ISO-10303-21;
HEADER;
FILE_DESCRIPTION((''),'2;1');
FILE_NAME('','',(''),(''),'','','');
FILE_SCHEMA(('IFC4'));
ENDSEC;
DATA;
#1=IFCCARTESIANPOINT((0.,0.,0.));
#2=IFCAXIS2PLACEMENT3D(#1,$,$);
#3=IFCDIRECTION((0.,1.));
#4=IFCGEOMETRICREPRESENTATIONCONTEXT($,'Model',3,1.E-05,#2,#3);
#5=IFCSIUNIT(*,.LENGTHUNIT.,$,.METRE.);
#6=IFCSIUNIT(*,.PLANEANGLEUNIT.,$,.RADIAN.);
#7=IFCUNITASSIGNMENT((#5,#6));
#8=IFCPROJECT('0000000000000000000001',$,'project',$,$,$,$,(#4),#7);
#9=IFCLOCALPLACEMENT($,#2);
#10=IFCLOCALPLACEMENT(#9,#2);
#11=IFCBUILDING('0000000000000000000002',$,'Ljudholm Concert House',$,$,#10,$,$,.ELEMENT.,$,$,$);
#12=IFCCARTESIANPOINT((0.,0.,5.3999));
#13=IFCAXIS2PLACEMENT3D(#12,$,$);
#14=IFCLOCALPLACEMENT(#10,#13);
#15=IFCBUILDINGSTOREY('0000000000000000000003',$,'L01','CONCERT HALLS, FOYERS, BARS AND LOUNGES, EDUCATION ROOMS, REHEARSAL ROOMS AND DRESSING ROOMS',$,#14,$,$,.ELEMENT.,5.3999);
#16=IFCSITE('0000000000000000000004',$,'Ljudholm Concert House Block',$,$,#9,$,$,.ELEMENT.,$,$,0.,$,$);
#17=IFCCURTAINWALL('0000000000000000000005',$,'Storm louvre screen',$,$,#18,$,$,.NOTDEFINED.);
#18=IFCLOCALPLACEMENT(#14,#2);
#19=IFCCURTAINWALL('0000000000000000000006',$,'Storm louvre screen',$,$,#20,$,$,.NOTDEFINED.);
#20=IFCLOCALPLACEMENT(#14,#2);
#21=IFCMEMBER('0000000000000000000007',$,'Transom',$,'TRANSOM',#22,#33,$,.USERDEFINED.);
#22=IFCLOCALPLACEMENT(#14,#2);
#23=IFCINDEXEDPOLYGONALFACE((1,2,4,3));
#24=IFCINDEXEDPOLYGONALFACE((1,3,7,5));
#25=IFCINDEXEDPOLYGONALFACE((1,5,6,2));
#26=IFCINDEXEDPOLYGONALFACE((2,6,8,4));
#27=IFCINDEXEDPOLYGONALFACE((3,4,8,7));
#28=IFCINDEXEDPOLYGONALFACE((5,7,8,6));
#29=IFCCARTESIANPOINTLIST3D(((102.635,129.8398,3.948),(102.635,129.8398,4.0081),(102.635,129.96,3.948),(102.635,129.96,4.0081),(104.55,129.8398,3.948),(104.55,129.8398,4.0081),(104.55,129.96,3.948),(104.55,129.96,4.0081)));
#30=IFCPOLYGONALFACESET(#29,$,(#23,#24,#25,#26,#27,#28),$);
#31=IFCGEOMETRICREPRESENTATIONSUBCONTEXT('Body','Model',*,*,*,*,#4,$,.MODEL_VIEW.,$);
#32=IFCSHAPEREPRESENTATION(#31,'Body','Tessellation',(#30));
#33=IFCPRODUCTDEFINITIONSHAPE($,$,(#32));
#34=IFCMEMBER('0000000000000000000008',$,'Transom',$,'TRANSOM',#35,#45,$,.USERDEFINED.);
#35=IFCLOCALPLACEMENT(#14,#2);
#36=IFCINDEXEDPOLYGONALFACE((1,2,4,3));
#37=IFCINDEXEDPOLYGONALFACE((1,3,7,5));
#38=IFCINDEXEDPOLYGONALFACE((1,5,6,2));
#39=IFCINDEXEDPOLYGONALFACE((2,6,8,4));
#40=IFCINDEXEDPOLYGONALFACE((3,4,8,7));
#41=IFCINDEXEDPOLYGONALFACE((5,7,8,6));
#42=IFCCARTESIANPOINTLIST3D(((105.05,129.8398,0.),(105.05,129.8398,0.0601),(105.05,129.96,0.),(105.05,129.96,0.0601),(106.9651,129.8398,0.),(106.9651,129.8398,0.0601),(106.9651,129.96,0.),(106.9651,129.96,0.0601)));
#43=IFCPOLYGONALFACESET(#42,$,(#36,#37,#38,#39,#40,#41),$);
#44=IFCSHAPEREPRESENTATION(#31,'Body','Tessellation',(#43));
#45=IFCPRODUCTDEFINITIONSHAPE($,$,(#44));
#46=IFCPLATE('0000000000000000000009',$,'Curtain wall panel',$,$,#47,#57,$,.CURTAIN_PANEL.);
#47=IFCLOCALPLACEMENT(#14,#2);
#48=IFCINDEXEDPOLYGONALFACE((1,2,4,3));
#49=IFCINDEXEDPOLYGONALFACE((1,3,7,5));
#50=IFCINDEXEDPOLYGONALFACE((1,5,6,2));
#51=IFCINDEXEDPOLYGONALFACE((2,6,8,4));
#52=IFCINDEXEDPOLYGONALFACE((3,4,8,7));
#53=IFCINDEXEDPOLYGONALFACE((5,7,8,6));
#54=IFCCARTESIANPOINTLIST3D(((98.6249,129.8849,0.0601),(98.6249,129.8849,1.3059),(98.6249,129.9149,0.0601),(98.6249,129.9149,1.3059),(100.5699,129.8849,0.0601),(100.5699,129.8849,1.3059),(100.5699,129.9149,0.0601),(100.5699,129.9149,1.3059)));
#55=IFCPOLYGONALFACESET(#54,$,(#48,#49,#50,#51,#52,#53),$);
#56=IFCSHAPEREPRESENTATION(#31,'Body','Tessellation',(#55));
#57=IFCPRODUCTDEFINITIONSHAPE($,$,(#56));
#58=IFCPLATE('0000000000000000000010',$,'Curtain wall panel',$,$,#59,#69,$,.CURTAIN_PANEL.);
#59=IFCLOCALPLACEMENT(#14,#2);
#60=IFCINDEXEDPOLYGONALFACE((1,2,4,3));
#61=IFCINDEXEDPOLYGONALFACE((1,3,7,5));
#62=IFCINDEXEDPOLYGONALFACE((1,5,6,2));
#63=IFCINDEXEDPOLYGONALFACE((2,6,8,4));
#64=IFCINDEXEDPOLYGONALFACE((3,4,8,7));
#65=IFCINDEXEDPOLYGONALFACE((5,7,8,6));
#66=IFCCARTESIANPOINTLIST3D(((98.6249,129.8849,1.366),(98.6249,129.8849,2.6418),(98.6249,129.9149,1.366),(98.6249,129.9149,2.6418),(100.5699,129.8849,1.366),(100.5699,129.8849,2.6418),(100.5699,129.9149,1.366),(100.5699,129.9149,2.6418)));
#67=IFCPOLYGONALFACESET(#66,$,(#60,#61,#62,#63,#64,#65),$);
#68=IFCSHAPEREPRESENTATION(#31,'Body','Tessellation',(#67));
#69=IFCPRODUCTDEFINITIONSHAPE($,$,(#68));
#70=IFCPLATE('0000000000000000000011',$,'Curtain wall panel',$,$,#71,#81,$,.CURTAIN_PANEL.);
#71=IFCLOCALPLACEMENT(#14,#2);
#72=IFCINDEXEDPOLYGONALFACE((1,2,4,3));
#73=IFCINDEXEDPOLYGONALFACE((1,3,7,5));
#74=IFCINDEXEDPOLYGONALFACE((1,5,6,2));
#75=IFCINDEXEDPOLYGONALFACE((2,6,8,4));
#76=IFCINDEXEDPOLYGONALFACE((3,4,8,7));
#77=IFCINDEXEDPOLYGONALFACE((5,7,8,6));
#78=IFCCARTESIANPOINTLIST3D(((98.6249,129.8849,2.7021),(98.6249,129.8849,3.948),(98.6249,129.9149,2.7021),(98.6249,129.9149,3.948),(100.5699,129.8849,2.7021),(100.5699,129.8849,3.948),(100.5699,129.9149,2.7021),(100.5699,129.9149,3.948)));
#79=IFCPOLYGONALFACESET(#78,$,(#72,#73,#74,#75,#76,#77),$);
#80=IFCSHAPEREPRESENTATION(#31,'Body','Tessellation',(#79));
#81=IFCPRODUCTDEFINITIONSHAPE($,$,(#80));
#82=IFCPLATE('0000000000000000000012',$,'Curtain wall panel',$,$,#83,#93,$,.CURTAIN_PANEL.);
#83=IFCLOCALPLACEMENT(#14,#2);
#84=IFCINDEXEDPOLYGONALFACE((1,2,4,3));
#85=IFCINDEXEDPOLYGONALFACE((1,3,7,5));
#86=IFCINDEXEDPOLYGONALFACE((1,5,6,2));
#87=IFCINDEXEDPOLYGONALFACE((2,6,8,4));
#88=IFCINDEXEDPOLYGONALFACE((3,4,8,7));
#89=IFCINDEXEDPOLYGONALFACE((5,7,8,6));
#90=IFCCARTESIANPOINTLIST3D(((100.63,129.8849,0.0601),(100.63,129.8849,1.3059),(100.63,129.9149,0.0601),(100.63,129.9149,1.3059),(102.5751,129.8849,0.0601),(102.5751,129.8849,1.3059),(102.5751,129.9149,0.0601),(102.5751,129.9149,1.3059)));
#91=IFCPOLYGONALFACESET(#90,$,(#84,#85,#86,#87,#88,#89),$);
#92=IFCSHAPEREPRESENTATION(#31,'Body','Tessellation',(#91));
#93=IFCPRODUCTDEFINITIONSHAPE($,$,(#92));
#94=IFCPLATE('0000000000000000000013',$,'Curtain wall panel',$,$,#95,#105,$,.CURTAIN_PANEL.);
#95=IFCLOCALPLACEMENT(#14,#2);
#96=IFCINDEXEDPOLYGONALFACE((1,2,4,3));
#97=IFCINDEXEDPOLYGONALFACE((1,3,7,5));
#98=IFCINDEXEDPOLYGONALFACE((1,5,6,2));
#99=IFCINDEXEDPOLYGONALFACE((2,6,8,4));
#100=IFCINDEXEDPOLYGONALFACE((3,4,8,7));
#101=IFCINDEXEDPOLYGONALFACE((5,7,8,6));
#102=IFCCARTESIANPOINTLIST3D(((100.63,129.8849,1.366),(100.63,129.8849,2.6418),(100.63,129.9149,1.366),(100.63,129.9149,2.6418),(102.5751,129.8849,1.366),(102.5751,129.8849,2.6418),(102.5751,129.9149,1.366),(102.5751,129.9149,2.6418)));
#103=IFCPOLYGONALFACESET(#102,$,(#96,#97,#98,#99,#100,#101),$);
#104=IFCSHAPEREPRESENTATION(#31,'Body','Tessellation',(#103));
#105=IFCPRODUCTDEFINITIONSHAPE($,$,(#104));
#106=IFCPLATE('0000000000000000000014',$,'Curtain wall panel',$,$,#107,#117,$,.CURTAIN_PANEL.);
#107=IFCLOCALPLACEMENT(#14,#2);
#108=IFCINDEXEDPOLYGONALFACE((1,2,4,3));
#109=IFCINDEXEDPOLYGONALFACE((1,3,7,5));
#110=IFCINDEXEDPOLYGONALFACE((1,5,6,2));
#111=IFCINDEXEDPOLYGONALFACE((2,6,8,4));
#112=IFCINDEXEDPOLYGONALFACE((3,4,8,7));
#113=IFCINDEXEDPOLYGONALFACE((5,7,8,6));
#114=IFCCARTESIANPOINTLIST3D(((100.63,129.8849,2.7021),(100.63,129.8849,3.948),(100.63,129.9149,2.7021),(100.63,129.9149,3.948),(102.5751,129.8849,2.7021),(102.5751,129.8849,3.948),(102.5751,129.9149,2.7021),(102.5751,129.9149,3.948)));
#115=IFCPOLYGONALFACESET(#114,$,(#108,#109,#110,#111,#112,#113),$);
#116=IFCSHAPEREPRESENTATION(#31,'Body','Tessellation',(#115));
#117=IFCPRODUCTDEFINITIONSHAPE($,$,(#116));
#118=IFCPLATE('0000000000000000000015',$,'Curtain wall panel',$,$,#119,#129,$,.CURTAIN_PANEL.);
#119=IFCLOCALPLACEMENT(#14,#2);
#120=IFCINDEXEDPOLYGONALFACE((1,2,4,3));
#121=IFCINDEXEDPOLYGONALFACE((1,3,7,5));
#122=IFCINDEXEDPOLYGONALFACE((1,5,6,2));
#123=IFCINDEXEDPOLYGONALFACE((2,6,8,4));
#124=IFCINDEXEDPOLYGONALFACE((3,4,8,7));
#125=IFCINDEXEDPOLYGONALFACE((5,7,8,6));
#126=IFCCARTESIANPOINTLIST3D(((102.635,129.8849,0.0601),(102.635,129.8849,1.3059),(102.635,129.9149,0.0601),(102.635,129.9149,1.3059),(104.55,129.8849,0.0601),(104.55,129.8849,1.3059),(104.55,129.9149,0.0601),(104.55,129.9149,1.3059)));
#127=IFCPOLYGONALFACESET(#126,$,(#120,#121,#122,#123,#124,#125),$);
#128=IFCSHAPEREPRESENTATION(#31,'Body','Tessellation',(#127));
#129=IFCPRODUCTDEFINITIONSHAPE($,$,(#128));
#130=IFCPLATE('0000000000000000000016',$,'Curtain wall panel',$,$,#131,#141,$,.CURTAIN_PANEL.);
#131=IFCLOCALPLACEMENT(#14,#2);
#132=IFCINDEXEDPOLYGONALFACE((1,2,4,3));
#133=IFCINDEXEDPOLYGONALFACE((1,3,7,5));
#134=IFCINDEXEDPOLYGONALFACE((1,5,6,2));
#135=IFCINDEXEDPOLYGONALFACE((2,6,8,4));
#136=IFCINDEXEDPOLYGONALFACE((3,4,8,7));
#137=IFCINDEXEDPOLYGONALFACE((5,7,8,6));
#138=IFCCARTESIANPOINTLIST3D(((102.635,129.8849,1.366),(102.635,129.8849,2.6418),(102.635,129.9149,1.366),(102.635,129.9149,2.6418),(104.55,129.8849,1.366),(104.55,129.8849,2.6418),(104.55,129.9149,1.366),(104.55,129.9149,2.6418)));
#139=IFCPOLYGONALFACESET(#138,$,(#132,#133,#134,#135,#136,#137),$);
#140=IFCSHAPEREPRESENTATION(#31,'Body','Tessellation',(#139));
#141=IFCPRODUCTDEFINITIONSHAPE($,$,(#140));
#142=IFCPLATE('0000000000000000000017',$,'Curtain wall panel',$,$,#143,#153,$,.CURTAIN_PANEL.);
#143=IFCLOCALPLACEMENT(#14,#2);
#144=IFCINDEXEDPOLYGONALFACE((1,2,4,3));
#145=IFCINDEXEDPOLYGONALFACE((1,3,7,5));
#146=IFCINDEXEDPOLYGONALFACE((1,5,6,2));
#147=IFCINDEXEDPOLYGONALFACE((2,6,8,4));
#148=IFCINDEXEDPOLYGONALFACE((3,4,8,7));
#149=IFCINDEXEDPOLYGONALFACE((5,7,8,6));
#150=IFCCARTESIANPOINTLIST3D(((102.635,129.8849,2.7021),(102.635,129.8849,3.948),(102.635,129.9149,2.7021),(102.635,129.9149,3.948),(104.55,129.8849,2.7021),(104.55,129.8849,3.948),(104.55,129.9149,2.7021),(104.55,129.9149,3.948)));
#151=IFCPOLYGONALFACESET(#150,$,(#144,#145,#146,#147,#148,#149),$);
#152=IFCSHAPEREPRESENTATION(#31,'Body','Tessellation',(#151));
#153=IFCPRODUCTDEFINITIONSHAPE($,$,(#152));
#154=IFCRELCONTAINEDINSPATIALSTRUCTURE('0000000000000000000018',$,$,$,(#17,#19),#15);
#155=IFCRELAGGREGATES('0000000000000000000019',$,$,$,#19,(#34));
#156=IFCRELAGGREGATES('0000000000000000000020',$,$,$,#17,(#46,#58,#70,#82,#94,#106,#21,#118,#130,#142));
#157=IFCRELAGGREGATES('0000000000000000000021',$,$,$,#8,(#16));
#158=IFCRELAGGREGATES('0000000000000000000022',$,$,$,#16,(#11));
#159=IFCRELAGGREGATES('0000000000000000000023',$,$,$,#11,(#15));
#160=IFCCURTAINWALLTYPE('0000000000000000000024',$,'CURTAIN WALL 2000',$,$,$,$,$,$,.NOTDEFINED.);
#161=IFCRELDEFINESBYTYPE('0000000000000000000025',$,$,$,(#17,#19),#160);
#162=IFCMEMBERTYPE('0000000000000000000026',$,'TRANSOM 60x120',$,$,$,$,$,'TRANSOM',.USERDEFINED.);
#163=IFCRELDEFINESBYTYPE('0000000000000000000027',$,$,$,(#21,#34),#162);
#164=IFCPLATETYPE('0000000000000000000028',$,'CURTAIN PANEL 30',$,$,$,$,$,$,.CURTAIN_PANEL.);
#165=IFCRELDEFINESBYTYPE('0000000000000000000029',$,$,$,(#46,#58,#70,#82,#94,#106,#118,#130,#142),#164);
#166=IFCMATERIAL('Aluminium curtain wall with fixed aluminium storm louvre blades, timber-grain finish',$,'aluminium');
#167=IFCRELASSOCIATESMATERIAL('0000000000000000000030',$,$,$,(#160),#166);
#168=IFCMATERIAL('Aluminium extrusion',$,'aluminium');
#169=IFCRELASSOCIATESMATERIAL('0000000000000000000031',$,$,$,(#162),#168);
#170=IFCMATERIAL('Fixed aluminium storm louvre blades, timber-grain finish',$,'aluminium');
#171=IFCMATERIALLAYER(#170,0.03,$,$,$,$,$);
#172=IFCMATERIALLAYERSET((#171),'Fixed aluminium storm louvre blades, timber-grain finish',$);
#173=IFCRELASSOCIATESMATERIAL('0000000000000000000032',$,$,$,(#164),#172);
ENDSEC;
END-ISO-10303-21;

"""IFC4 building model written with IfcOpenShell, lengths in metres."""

from ifc_helpers import new_model, si_unit, direction, frame, origin, origin_2d, place, context, subcontext, project, spatial, rectangle, extrude, material, layer, layer_set, material_profile, profile_set, type_object, element, aggregate, save


model = new_model("IFC4")

# Units and contexts
model_context = context("Model", 3, precision=1e-05, world=origin(), true_north=direction((0.0, 1.0)))
body_context = subcontext(model_context, "Body", "Model", "MODEL_VIEW")
ifc_project = project(units=[si_unit("LENGTHUNIT", "METRE"), si_unit("PLANEANGLEUNIT", "RADIAN")], contexts=[model_context])

# Site, building, storey
site_placement = place(None, origin())
site = spatial("IfcSite", under=ifc_project, at=site_placement, Name="Ljudholm Concert House Block", CompositionType="ELEMENT", RefElevation=0.0)
building_placement = place(site_placement, origin())
building = spatial("IfcBuilding", under=site, at=building_placement, Name="Ljudholm Concert House", CompositionType="ELEMENT")
storey_placement = place(building_placement, frame((0.0, 0.0, 5.3999)))
storey = spatial("IfcBuildingStorey", under=building, at=storey_placement, Name="L01", Description="CONCERT HALLS, FOYERS, BARS AND LOUNGES, EDUCATION ROOMS, REHEARSAL ROOMS AND DRESSING ROOMS", CompositionType="ELEMENT", Elevation=5.3999)

# Curtain wall
ifc_material_1 = material(Name="Aluminium curtain wall with fixed aluminium storm louvre blades, timber-grain finish", Category="aluminium")
curtain_wall_type = type_object("IfcCurtainWallType", Name="CURTAIN WALL 2000", PredefinedType="NOTDEFINED", material=ifc_material_1)
curtain_wall_1_placement = place(storey_placement, origin())
curtain_wall_1 = element("IfcCurtainWall", 1, at=curtain_wall_1_placement, inside=storey, type_object=curtain_wall_type, Name="Storm louvre screen", PredefinedType="NOTDEFINED")

# Curtain wall
curtain_wall_2_placement = place(storey_placement, origin())
curtain_wall_2 = element("IfcCurtainWall", 2, at=curtain_wall_2_placement, inside=storey, type_object=curtain_wall_type, Name="Storm louvre screen", PredefinedType="NOTDEFINED")

# Members
ifc_material_2 = material(Name="Aluminium extrusion", Category="aluminium")
ifc_material_profile_1 = material_profile(ifc_material_2, rectangle(XDim=0.1201, YDim=0.0601, at=origin_2d()), Name="TRANSOM 60x120")
ifc_profile_set_1 = profile_set([ifc_material_profile_1], Name="Aluminium extrusion")
member_type_1 = type_object("IfcMemberType", Name="TRANSOM 60x120", ElementType="TRANSOM", PredefinedType="USERDEFINED", material=ifc_profile_set_1)
member_1_placement = place(storey_placement, frame((102.635, 129.8999, 3.978), z_axis=(1.0, 0.0, 0.0), x_axis=(0.0, 1.0, 0.0)))
member_1 = element("IfcMember", 3, at=member_1_placement, type_object=member_type_1, Name="Transom", ObjectType="TRANSOM", PredefinedType="USERDEFINED", context=body_context, shape_type="SweptSolid", body=[
    extrude(rectangle(XDim=0.1201, YDim=0.0601, at=origin_2d()), origin(), (0.0, 0.0, 1.0), 1.915),
])
member_2_placement = place(storey_placement, frame((105.05, 129.8999, 0.03), z_axis=(1.0, 0.0, 0.0), x_axis=(0.0, 1.0, 0.0)))
member_2 = element("IfcMember", 4, at=member_2_placement, type_object=member_type_1, Name="Transom", ObjectType="TRANSOM", PredefinedType="USERDEFINED", context=body_context, shape_type="SweptSolid", body=[
    extrude(rectangle(XDim=0.1201, YDim=0.0601, at=origin_2d()), origin(), (0.0, 0.0, 1.0), 1.915),
])
aggregate(curtain_wall_2, [member_2])

# Plates
ifc_material_3 = material(Name="Fixed aluminium storm louvre blades, timber-grain finish", Category="aluminium")
ifc_layer = layer(ifc_material_3, 0.03)
ifc_layer_set = layer_set([ifc_layer], Name="Fixed aluminium storm louvre blades, timber-grain finish")
plate_type = type_object("IfcPlateType", Name="CURTAIN PANEL 30", PredefinedType="CURTAIN_PANEL", material=ifc_layer_set)
plate_1_placement = place(storey_placement, frame((99.5974, 129.8999, 0.0601), z_axis=(0.0, 0.0, 1.0), x_axis=(1.0, 0.0, 0.0)))
plate_1 = element("IfcPlate", 5, at=plate_1_placement, type_object=plate_type, Name="Curtain wall panel", PredefinedType="CURTAIN_PANEL", context=body_context, shape_type="SweptSolid", body=[
    extrude(rectangle(XDim=1.9451, YDim=0.03, at=origin_2d()), origin(), (0.0, 0.0, 1.0), 1.2458),
])
plate_2_placement = place(storey_placement, frame((99.5974, 129.8999, 1.366), z_axis=(0.0, 0.0, 1.0), x_axis=(1.0, 0.0, 0.0)))
plate_2 = element("IfcPlate", 6, at=plate_2_placement, type_object=plate_type, Name="Curtain wall panel", PredefinedType="CURTAIN_PANEL", context=body_context, shape_type="SweptSolid", body=[
    extrude(rectangle(XDim=1.9451, YDim=0.03, at=origin_2d()), origin(), (0.0, 0.0, 1.0), 1.2759),
])
plate_3_placement = place(storey_placement, frame((99.5974, 129.8999, 2.7021), z_axis=(0.0, 0.0, 1.0), x_axis=(1.0, 0.0, 0.0)))
plate_3 = element("IfcPlate", 7, at=plate_3_placement, type_object=plate_type, Name="Curtain wall panel", PredefinedType="CURTAIN_PANEL", context=body_context, shape_type="SweptSolid", body=[
    extrude(rectangle(XDim=1.9451, YDim=0.03, at=origin_2d()), origin(), (0.0, 0.0, 1.0), 1.2458),
])
plate_4_placement = place(storey_placement, frame((101.6025, 129.8999, 0.0601), z_axis=(0.0, 0.0, 1.0), x_axis=(1.0, 0.0, 0.0)))
plate_4 = element("IfcPlate", 8, at=plate_4_placement, type_object=plate_type, Name="Curtain wall panel", PredefinedType="CURTAIN_PANEL", context=body_context, shape_type="SweptSolid", body=[
    extrude(rectangle(XDim=1.9451, YDim=0.03, at=origin_2d()), origin(), (0.0, 0.0, 1.0), 1.2458),
])
plate_5_placement = place(storey_placement, frame((101.6025, 129.8999, 1.366), z_axis=(0.0, 0.0, 1.0), x_axis=(1.0, 0.0, 0.0)))
plate_5 = element("IfcPlate", 9, at=plate_5_placement, type_object=plate_type, Name="Curtain wall panel", PredefinedType="CURTAIN_PANEL", context=body_context, shape_type="SweptSolid", body=[
    extrude(rectangle(XDim=1.9451, YDim=0.03, at=origin_2d()), origin(), (0.0, 0.0, 1.0), 1.2759),
])
plate_6_placement = place(storey_placement, frame((101.6025, 129.8999, 2.7021), z_axis=(0.0, 0.0, 1.0), x_axis=(1.0, 0.0, 0.0)))
plate_6 = element("IfcPlate", 10, at=plate_6_placement, type_object=plate_type, Name="Curtain wall panel", PredefinedType="CURTAIN_PANEL", context=body_context, shape_type="SweptSolid", body=[
    extrude(rectangle(XDim=1.9451, YDim=0.03, at=origin_2d()), origin(), (0.0, 0.0, 1.0), 1.2458),
])
plate_7_placement = place(storey_placement, frame((103.5925, 129.8999, 0.0601), z_axis=(0.0, 0.0, 1.0), x_axis=(1.0, 0.0, 0.0)))
plate_7 = element("IfcPlate", 11, at=plate_7_placement, type_object=plate_type, Name="Curtain wall panel", PredefinedType="CURTAIN_PANEL", context=body_context, shape_type="SweptSolid", body=[
    extrude(rectangle(XDim=1.915, YDim=0.03, at=origin_2d()), origin(), (0.0, 0.0, 1.0), 1.2458),
])
plate_8_placement = place(storey_placement, frame((103.5925, 129.8999, 1.366), z_axis=(0.0, 0.0, 1.0), x_axis=(1.0, 0.0, 0.0)))
plate_8 = element("IfcPlate", 12, at=plate_8_placement, type_object=plate_type, Name="Curtain wall panel", PredefinedType="CURTAIN_PANEL", context=body_context, shape_type="SweptSolid", body=[
    extrude(rectangle(XDim=1.915, YDim=0.03, at=origin_2d()), origin(), (0.0, 0.0, 1.0), 1.2759),
])
plate_9_placement = place(storey_placement, frame((103.5925, 129.8999, 2.7021), z_axis=(0.0, 0.0, 1.0), x_axis=(1.0, 0.0, 0.0)))
plate_9 = element("IfcPlate", 13, at=plate_9_placement, type_object=plate_type, Name="Curtain wall panel", PredefinedType="CURTAIN_PANEL", context=body_context, shape_type="SweptSolid", body=[
    extrude(rectangle(XDim=1.915, YDim=0.03, at=origin_2d()), origin(), (0.0, 0.0, 1.0), 1.2458),
])
aggregate(curtain_wall_1, [plate_1, plate_2, plate_3, plate_4, plate_5, plate_6, member_1, plate_7, plate_8, plate_9])

save(model, "model.ifc")
